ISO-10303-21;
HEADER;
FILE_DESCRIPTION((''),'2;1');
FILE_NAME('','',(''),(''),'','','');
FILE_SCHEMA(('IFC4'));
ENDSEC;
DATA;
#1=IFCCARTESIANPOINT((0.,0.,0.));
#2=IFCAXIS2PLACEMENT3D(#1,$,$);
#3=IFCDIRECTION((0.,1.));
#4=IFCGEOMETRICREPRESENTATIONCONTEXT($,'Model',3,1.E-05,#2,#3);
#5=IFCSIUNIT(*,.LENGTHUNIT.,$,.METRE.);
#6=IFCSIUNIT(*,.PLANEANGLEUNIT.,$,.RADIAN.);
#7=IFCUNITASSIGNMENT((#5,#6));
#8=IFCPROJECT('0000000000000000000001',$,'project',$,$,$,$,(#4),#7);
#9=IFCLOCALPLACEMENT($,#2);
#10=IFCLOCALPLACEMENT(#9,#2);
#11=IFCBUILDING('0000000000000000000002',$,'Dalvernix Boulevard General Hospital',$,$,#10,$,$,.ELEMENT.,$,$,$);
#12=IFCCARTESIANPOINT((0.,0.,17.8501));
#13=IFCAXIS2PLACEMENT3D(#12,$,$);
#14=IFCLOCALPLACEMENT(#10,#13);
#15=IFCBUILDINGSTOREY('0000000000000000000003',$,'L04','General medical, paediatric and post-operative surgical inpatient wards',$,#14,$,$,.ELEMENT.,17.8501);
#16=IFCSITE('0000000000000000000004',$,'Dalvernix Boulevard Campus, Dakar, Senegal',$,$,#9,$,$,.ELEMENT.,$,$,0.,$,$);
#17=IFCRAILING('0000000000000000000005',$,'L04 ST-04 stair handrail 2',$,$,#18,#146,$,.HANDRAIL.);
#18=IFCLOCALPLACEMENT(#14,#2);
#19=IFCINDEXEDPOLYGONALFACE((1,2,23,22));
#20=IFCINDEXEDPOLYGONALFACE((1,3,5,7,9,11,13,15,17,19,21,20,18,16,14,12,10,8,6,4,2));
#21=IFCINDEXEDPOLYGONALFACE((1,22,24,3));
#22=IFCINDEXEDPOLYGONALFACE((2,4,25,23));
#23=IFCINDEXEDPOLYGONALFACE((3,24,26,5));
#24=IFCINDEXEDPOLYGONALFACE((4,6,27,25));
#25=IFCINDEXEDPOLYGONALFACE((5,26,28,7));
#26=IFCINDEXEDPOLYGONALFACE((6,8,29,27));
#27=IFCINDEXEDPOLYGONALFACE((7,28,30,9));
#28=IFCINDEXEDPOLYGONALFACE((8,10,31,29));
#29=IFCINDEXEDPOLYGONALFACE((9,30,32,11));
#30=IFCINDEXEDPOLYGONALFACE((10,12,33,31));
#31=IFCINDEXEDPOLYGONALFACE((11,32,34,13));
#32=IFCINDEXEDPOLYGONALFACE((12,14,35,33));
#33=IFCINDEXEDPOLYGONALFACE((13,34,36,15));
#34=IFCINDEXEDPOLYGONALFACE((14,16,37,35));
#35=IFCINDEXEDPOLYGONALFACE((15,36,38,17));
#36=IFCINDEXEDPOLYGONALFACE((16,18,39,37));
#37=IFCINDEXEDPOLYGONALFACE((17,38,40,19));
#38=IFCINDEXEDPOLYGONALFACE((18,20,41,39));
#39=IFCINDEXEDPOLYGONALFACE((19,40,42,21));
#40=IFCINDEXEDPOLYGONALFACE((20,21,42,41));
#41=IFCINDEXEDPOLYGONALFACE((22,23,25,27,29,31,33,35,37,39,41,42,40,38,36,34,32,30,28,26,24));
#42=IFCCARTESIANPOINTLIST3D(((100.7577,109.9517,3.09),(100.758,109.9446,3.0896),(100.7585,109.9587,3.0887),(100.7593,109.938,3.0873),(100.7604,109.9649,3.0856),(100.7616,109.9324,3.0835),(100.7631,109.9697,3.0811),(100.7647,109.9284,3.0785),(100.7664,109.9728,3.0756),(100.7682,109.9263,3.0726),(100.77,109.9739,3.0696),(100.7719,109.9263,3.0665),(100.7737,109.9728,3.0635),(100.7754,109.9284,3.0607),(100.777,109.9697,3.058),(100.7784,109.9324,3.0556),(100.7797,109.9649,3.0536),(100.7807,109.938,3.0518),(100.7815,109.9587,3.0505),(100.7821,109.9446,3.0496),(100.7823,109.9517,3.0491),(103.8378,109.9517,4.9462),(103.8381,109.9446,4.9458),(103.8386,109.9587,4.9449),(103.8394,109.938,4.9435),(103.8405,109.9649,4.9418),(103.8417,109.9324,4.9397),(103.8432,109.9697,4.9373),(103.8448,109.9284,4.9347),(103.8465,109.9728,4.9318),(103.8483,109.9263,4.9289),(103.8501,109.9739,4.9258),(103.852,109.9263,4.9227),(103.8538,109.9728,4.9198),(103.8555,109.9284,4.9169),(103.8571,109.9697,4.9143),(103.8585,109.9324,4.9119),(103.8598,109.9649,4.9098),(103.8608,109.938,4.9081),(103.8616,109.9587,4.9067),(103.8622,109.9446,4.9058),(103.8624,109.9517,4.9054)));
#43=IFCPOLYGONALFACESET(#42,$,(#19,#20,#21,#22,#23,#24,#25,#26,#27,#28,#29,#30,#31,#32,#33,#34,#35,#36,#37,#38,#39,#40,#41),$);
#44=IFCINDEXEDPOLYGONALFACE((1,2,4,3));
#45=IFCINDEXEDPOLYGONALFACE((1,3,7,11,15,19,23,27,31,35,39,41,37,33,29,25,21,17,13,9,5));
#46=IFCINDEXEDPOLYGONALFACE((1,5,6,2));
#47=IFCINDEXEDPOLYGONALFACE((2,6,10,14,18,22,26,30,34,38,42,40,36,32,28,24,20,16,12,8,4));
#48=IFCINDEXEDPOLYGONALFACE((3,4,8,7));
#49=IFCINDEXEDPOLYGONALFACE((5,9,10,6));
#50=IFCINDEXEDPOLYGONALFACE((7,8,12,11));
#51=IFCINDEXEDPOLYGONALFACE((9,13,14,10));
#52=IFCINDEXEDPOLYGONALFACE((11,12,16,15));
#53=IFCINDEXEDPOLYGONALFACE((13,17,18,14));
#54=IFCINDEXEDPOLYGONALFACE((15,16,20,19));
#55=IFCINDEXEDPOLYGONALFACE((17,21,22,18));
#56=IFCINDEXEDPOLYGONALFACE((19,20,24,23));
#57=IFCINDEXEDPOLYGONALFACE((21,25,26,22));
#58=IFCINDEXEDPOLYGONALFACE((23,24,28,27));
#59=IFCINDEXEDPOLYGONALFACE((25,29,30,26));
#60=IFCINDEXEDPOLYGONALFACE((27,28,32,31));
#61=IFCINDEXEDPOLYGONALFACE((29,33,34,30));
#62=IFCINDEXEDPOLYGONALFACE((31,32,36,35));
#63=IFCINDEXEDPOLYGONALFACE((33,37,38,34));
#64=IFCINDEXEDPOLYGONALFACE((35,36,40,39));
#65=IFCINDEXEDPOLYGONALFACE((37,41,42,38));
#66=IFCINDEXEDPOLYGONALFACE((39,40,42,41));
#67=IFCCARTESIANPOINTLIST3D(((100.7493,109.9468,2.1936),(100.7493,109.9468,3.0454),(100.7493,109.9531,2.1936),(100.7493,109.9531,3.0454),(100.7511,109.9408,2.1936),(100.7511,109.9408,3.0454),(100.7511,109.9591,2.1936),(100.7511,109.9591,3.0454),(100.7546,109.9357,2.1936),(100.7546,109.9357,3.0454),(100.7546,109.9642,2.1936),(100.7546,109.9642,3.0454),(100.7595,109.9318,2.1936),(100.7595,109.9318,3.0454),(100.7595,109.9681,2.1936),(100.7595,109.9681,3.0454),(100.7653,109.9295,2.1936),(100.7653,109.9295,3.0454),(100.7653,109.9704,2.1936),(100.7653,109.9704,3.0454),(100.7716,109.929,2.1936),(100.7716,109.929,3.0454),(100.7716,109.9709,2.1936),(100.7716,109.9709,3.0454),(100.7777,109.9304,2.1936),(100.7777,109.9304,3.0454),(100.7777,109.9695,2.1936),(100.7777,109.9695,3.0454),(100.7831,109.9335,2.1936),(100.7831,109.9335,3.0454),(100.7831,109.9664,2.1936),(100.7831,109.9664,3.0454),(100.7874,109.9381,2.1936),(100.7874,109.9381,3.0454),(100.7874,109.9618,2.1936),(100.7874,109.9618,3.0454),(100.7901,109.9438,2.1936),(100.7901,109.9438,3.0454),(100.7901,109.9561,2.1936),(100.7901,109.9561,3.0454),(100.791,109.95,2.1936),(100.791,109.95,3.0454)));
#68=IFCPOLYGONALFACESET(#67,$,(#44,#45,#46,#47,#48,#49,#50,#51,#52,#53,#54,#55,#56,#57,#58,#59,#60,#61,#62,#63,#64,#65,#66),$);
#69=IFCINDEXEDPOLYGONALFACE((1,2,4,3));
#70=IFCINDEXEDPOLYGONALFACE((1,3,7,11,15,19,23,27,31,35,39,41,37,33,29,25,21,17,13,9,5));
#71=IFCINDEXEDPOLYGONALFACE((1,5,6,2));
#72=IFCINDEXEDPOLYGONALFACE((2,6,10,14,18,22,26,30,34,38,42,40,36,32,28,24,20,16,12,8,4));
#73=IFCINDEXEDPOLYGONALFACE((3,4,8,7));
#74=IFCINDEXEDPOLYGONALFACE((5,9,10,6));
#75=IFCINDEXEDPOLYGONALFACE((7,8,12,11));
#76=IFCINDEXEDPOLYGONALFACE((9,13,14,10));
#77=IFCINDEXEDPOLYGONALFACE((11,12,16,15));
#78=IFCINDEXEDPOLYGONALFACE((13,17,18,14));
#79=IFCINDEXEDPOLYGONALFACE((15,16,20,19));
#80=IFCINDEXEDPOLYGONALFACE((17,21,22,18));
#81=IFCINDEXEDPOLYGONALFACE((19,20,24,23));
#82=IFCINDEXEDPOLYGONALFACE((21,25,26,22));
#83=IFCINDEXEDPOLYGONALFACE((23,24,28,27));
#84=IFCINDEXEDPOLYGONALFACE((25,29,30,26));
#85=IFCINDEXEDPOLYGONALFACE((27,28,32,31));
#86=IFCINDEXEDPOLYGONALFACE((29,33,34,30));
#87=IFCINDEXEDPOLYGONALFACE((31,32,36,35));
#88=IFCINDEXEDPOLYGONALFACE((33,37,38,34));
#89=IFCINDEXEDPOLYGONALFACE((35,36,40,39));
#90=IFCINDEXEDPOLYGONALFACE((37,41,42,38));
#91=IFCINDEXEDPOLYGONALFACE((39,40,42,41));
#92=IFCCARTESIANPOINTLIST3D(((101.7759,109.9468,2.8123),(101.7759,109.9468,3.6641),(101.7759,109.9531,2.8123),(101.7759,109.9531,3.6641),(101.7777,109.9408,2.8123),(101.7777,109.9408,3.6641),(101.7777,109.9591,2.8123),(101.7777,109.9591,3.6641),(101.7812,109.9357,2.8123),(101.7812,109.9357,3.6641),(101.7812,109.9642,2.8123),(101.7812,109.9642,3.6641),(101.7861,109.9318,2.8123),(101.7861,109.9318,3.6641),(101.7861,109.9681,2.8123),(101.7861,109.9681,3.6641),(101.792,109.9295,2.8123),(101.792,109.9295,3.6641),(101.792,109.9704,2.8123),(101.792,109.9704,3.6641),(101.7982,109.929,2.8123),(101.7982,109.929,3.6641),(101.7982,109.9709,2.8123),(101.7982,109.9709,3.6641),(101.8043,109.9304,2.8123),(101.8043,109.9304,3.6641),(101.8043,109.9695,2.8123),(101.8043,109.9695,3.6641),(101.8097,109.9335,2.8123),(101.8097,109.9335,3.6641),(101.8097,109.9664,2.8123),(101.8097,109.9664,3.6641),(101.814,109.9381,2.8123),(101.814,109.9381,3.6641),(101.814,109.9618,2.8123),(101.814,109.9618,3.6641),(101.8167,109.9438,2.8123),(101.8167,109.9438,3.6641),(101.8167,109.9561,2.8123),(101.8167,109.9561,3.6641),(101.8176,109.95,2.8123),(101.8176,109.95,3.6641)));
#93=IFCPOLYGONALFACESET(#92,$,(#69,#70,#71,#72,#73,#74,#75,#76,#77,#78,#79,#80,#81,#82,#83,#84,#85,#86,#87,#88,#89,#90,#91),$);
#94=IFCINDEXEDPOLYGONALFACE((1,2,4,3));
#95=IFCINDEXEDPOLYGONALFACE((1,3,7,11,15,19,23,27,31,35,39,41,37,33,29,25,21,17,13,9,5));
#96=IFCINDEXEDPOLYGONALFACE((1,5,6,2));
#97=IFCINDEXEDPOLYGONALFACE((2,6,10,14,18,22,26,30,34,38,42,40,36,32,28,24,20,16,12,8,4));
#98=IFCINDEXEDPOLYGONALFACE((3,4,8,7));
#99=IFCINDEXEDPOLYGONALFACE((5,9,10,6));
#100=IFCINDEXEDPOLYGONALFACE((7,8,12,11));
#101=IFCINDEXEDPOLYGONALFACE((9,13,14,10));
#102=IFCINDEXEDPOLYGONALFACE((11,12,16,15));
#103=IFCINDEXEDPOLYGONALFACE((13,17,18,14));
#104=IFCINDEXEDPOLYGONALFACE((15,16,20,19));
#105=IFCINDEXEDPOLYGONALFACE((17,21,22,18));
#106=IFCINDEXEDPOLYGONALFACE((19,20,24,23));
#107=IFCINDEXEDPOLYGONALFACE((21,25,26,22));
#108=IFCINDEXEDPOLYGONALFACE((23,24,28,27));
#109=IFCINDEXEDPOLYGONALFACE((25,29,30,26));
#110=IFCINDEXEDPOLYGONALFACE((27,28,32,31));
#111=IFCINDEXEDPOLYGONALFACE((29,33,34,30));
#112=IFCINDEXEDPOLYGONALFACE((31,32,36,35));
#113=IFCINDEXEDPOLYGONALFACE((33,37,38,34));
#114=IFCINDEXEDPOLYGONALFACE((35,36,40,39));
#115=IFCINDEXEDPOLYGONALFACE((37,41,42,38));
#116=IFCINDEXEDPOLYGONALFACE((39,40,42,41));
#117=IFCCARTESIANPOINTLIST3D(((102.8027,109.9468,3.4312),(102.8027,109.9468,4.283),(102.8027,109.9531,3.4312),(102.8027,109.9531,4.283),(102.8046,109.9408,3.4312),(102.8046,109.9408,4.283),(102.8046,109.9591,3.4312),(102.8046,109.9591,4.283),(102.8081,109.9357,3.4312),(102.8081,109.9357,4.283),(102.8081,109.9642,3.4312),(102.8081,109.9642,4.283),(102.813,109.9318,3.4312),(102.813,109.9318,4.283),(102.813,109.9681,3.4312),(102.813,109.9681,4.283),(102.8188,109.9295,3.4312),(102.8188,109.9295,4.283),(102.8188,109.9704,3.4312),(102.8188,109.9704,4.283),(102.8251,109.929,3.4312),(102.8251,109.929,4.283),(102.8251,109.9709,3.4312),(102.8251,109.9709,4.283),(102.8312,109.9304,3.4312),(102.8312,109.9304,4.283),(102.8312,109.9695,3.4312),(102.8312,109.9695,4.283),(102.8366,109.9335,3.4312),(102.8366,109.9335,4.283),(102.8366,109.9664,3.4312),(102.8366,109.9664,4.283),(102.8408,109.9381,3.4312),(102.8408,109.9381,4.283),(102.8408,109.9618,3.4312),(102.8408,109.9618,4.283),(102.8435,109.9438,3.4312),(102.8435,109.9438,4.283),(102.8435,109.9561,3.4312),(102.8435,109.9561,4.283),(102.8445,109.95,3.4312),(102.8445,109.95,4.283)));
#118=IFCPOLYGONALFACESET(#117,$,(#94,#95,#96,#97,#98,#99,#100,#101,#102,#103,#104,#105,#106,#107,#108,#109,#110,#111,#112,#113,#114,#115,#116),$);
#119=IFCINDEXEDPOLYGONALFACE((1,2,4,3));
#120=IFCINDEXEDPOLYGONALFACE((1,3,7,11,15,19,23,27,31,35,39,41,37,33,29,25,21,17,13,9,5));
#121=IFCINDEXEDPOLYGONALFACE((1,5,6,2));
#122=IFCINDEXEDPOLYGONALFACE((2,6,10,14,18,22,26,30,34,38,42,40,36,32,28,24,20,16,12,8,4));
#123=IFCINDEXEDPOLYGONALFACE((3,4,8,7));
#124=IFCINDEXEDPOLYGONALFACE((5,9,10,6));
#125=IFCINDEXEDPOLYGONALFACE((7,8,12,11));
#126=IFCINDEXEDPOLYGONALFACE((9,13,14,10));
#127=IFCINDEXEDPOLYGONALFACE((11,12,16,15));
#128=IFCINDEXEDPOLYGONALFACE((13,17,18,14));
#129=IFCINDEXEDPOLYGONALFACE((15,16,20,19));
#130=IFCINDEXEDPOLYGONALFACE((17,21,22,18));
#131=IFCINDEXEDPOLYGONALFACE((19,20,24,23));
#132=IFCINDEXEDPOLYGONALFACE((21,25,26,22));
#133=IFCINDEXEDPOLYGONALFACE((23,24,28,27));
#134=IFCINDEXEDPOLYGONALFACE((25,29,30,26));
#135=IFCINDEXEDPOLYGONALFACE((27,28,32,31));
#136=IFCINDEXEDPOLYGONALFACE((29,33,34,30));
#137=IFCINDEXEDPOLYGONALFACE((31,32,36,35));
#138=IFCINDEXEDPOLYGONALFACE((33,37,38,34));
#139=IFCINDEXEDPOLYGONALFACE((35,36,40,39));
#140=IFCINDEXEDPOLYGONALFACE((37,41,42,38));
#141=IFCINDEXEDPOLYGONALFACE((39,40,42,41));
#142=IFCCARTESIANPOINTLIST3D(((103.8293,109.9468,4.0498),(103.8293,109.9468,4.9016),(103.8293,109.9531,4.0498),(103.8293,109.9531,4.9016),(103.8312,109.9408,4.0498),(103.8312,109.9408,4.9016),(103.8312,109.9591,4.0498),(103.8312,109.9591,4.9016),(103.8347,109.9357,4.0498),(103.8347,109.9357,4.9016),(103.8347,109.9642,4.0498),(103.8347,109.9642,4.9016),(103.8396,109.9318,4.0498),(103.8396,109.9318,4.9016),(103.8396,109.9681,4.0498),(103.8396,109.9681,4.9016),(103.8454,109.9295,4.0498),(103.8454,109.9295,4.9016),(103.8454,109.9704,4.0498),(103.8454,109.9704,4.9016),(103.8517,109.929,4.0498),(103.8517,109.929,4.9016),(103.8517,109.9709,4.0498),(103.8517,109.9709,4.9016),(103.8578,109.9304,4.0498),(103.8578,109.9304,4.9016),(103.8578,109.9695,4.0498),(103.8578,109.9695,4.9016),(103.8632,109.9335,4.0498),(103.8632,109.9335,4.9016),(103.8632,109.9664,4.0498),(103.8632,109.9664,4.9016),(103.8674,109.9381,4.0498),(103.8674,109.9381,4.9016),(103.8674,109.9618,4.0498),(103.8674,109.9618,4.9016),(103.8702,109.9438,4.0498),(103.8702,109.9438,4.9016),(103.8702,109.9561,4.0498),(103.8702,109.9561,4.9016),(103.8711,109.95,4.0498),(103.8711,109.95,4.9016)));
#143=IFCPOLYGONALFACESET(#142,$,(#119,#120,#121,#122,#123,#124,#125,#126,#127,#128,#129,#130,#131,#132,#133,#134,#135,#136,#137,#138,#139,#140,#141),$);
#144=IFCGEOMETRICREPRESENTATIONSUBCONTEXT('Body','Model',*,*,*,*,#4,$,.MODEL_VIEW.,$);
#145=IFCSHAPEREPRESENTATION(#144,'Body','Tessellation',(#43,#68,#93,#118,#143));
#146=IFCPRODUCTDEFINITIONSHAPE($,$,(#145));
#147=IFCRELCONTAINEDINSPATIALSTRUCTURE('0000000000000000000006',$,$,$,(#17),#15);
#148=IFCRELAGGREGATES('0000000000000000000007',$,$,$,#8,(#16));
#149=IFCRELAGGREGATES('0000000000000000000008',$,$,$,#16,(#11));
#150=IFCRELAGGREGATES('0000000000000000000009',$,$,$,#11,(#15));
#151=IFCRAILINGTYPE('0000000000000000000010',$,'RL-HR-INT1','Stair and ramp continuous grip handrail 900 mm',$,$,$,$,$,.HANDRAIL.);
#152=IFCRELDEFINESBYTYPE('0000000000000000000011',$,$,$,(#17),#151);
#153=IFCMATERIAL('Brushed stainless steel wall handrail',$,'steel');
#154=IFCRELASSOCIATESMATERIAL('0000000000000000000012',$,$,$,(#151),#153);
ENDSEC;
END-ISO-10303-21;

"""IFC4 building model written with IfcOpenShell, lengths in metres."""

from ifc_helpers import new_model, si_unit, direction, frame, origin, origin_2d, place, context, subcontext, project, spatial, circle, extrude, material, type_object, element, save


model = new_model("IFC4")

# Units and contexts
model_context = context("Model", 3, precision=1e-05, world=origin(), true_north=direction((0.0, 1.0)))
body_context = subcontext(model_context, "Body", "Model", "MODEL_VIEW")
ifc_project = project(units=[si_unit("LENGTHUNIT", "METRE"), si_unit("PLANEANGLEUNIT", "RADIAN")], contexts=[model_context])

# Site, building, storey
site_placement = place(None, origin())
site = spatial("IfcSite", under=ifc_project, at=site_placement, Name="Dalvernix Boulevard Campus, Dakar, Senegal", CompositionType="ELEMENT", RefElevation=0.0)
building_placement = place(site_placement, origin())
building = spatial("IfcBuilding", under=site, at=building_placement, Name="Dalvernix Boulevard General Hospital", CompositionType="ELEMENT")
storey_placement = place(building_placement, frame((0.0, 0.0, 17.8501)))
storey = spatial("IfcBuildingStorey", under=building, at=storey_placement, Name="L04", Description="General medical, paediatric and post-operative surgical inpatient wards", CompositionType="ELEMENT", Elevation=17.8501)

# Railing
ifc_material_1 = material(Name="Brushed stainless steel wall handrail", Category="steel")
railing_type_1 = type_object("IfcRailingType", Name="RL-HR-INT1", Description="Stair and ramp continuous grip handrail 900 mm", PredefinedType="HANDRAIL", material=ifc_material_1)
railing_1_placement = place(storey_placement, frame((100.77, 109.95, 2.1936)))
element("IfcRailing", 1, at=railing_1_placement, inside=storey, type_object=railing_type_1, Name="L04 ST-04 stair handrail 2", PredefinedType="HANDRAIL", context=body_context, shape_type="SweptSolid", body=[
    extrude(circle(Radius=0.0239, at=origin_2d()), frame((0.0, 0.0, 0.876), z_axis=(0.856491, 0.0, 0.516162), x_axis=(0.0, 1.0, 0.0)), (0.0, 0.0, 1.0), 3.5962),
    extrude(circle(Radius=0.021, at=origin_2d()), origin(), (0.0, 0.0, 1.0), 0.8518),
    extrude(circle(Radius=0.021, at=origin_2d()), frame((1.0266, 0.0, 0.6187)), (0.0, 0.0, 1.0), 0.8518),
    extrude(circle(Radius=0.021, at=origin_2d()), frame((2.0535, 0.0, 1.2375)), (0.0, 0.0, 1.0), 0.8518),
    extrude(circle(Radius=0.021, at=origin_2d()), frame((3.0801, 0.0, 1.8562)), (0.0, 0.0, 1.0), 0.8518),
])

save(model, "model.ifc")
